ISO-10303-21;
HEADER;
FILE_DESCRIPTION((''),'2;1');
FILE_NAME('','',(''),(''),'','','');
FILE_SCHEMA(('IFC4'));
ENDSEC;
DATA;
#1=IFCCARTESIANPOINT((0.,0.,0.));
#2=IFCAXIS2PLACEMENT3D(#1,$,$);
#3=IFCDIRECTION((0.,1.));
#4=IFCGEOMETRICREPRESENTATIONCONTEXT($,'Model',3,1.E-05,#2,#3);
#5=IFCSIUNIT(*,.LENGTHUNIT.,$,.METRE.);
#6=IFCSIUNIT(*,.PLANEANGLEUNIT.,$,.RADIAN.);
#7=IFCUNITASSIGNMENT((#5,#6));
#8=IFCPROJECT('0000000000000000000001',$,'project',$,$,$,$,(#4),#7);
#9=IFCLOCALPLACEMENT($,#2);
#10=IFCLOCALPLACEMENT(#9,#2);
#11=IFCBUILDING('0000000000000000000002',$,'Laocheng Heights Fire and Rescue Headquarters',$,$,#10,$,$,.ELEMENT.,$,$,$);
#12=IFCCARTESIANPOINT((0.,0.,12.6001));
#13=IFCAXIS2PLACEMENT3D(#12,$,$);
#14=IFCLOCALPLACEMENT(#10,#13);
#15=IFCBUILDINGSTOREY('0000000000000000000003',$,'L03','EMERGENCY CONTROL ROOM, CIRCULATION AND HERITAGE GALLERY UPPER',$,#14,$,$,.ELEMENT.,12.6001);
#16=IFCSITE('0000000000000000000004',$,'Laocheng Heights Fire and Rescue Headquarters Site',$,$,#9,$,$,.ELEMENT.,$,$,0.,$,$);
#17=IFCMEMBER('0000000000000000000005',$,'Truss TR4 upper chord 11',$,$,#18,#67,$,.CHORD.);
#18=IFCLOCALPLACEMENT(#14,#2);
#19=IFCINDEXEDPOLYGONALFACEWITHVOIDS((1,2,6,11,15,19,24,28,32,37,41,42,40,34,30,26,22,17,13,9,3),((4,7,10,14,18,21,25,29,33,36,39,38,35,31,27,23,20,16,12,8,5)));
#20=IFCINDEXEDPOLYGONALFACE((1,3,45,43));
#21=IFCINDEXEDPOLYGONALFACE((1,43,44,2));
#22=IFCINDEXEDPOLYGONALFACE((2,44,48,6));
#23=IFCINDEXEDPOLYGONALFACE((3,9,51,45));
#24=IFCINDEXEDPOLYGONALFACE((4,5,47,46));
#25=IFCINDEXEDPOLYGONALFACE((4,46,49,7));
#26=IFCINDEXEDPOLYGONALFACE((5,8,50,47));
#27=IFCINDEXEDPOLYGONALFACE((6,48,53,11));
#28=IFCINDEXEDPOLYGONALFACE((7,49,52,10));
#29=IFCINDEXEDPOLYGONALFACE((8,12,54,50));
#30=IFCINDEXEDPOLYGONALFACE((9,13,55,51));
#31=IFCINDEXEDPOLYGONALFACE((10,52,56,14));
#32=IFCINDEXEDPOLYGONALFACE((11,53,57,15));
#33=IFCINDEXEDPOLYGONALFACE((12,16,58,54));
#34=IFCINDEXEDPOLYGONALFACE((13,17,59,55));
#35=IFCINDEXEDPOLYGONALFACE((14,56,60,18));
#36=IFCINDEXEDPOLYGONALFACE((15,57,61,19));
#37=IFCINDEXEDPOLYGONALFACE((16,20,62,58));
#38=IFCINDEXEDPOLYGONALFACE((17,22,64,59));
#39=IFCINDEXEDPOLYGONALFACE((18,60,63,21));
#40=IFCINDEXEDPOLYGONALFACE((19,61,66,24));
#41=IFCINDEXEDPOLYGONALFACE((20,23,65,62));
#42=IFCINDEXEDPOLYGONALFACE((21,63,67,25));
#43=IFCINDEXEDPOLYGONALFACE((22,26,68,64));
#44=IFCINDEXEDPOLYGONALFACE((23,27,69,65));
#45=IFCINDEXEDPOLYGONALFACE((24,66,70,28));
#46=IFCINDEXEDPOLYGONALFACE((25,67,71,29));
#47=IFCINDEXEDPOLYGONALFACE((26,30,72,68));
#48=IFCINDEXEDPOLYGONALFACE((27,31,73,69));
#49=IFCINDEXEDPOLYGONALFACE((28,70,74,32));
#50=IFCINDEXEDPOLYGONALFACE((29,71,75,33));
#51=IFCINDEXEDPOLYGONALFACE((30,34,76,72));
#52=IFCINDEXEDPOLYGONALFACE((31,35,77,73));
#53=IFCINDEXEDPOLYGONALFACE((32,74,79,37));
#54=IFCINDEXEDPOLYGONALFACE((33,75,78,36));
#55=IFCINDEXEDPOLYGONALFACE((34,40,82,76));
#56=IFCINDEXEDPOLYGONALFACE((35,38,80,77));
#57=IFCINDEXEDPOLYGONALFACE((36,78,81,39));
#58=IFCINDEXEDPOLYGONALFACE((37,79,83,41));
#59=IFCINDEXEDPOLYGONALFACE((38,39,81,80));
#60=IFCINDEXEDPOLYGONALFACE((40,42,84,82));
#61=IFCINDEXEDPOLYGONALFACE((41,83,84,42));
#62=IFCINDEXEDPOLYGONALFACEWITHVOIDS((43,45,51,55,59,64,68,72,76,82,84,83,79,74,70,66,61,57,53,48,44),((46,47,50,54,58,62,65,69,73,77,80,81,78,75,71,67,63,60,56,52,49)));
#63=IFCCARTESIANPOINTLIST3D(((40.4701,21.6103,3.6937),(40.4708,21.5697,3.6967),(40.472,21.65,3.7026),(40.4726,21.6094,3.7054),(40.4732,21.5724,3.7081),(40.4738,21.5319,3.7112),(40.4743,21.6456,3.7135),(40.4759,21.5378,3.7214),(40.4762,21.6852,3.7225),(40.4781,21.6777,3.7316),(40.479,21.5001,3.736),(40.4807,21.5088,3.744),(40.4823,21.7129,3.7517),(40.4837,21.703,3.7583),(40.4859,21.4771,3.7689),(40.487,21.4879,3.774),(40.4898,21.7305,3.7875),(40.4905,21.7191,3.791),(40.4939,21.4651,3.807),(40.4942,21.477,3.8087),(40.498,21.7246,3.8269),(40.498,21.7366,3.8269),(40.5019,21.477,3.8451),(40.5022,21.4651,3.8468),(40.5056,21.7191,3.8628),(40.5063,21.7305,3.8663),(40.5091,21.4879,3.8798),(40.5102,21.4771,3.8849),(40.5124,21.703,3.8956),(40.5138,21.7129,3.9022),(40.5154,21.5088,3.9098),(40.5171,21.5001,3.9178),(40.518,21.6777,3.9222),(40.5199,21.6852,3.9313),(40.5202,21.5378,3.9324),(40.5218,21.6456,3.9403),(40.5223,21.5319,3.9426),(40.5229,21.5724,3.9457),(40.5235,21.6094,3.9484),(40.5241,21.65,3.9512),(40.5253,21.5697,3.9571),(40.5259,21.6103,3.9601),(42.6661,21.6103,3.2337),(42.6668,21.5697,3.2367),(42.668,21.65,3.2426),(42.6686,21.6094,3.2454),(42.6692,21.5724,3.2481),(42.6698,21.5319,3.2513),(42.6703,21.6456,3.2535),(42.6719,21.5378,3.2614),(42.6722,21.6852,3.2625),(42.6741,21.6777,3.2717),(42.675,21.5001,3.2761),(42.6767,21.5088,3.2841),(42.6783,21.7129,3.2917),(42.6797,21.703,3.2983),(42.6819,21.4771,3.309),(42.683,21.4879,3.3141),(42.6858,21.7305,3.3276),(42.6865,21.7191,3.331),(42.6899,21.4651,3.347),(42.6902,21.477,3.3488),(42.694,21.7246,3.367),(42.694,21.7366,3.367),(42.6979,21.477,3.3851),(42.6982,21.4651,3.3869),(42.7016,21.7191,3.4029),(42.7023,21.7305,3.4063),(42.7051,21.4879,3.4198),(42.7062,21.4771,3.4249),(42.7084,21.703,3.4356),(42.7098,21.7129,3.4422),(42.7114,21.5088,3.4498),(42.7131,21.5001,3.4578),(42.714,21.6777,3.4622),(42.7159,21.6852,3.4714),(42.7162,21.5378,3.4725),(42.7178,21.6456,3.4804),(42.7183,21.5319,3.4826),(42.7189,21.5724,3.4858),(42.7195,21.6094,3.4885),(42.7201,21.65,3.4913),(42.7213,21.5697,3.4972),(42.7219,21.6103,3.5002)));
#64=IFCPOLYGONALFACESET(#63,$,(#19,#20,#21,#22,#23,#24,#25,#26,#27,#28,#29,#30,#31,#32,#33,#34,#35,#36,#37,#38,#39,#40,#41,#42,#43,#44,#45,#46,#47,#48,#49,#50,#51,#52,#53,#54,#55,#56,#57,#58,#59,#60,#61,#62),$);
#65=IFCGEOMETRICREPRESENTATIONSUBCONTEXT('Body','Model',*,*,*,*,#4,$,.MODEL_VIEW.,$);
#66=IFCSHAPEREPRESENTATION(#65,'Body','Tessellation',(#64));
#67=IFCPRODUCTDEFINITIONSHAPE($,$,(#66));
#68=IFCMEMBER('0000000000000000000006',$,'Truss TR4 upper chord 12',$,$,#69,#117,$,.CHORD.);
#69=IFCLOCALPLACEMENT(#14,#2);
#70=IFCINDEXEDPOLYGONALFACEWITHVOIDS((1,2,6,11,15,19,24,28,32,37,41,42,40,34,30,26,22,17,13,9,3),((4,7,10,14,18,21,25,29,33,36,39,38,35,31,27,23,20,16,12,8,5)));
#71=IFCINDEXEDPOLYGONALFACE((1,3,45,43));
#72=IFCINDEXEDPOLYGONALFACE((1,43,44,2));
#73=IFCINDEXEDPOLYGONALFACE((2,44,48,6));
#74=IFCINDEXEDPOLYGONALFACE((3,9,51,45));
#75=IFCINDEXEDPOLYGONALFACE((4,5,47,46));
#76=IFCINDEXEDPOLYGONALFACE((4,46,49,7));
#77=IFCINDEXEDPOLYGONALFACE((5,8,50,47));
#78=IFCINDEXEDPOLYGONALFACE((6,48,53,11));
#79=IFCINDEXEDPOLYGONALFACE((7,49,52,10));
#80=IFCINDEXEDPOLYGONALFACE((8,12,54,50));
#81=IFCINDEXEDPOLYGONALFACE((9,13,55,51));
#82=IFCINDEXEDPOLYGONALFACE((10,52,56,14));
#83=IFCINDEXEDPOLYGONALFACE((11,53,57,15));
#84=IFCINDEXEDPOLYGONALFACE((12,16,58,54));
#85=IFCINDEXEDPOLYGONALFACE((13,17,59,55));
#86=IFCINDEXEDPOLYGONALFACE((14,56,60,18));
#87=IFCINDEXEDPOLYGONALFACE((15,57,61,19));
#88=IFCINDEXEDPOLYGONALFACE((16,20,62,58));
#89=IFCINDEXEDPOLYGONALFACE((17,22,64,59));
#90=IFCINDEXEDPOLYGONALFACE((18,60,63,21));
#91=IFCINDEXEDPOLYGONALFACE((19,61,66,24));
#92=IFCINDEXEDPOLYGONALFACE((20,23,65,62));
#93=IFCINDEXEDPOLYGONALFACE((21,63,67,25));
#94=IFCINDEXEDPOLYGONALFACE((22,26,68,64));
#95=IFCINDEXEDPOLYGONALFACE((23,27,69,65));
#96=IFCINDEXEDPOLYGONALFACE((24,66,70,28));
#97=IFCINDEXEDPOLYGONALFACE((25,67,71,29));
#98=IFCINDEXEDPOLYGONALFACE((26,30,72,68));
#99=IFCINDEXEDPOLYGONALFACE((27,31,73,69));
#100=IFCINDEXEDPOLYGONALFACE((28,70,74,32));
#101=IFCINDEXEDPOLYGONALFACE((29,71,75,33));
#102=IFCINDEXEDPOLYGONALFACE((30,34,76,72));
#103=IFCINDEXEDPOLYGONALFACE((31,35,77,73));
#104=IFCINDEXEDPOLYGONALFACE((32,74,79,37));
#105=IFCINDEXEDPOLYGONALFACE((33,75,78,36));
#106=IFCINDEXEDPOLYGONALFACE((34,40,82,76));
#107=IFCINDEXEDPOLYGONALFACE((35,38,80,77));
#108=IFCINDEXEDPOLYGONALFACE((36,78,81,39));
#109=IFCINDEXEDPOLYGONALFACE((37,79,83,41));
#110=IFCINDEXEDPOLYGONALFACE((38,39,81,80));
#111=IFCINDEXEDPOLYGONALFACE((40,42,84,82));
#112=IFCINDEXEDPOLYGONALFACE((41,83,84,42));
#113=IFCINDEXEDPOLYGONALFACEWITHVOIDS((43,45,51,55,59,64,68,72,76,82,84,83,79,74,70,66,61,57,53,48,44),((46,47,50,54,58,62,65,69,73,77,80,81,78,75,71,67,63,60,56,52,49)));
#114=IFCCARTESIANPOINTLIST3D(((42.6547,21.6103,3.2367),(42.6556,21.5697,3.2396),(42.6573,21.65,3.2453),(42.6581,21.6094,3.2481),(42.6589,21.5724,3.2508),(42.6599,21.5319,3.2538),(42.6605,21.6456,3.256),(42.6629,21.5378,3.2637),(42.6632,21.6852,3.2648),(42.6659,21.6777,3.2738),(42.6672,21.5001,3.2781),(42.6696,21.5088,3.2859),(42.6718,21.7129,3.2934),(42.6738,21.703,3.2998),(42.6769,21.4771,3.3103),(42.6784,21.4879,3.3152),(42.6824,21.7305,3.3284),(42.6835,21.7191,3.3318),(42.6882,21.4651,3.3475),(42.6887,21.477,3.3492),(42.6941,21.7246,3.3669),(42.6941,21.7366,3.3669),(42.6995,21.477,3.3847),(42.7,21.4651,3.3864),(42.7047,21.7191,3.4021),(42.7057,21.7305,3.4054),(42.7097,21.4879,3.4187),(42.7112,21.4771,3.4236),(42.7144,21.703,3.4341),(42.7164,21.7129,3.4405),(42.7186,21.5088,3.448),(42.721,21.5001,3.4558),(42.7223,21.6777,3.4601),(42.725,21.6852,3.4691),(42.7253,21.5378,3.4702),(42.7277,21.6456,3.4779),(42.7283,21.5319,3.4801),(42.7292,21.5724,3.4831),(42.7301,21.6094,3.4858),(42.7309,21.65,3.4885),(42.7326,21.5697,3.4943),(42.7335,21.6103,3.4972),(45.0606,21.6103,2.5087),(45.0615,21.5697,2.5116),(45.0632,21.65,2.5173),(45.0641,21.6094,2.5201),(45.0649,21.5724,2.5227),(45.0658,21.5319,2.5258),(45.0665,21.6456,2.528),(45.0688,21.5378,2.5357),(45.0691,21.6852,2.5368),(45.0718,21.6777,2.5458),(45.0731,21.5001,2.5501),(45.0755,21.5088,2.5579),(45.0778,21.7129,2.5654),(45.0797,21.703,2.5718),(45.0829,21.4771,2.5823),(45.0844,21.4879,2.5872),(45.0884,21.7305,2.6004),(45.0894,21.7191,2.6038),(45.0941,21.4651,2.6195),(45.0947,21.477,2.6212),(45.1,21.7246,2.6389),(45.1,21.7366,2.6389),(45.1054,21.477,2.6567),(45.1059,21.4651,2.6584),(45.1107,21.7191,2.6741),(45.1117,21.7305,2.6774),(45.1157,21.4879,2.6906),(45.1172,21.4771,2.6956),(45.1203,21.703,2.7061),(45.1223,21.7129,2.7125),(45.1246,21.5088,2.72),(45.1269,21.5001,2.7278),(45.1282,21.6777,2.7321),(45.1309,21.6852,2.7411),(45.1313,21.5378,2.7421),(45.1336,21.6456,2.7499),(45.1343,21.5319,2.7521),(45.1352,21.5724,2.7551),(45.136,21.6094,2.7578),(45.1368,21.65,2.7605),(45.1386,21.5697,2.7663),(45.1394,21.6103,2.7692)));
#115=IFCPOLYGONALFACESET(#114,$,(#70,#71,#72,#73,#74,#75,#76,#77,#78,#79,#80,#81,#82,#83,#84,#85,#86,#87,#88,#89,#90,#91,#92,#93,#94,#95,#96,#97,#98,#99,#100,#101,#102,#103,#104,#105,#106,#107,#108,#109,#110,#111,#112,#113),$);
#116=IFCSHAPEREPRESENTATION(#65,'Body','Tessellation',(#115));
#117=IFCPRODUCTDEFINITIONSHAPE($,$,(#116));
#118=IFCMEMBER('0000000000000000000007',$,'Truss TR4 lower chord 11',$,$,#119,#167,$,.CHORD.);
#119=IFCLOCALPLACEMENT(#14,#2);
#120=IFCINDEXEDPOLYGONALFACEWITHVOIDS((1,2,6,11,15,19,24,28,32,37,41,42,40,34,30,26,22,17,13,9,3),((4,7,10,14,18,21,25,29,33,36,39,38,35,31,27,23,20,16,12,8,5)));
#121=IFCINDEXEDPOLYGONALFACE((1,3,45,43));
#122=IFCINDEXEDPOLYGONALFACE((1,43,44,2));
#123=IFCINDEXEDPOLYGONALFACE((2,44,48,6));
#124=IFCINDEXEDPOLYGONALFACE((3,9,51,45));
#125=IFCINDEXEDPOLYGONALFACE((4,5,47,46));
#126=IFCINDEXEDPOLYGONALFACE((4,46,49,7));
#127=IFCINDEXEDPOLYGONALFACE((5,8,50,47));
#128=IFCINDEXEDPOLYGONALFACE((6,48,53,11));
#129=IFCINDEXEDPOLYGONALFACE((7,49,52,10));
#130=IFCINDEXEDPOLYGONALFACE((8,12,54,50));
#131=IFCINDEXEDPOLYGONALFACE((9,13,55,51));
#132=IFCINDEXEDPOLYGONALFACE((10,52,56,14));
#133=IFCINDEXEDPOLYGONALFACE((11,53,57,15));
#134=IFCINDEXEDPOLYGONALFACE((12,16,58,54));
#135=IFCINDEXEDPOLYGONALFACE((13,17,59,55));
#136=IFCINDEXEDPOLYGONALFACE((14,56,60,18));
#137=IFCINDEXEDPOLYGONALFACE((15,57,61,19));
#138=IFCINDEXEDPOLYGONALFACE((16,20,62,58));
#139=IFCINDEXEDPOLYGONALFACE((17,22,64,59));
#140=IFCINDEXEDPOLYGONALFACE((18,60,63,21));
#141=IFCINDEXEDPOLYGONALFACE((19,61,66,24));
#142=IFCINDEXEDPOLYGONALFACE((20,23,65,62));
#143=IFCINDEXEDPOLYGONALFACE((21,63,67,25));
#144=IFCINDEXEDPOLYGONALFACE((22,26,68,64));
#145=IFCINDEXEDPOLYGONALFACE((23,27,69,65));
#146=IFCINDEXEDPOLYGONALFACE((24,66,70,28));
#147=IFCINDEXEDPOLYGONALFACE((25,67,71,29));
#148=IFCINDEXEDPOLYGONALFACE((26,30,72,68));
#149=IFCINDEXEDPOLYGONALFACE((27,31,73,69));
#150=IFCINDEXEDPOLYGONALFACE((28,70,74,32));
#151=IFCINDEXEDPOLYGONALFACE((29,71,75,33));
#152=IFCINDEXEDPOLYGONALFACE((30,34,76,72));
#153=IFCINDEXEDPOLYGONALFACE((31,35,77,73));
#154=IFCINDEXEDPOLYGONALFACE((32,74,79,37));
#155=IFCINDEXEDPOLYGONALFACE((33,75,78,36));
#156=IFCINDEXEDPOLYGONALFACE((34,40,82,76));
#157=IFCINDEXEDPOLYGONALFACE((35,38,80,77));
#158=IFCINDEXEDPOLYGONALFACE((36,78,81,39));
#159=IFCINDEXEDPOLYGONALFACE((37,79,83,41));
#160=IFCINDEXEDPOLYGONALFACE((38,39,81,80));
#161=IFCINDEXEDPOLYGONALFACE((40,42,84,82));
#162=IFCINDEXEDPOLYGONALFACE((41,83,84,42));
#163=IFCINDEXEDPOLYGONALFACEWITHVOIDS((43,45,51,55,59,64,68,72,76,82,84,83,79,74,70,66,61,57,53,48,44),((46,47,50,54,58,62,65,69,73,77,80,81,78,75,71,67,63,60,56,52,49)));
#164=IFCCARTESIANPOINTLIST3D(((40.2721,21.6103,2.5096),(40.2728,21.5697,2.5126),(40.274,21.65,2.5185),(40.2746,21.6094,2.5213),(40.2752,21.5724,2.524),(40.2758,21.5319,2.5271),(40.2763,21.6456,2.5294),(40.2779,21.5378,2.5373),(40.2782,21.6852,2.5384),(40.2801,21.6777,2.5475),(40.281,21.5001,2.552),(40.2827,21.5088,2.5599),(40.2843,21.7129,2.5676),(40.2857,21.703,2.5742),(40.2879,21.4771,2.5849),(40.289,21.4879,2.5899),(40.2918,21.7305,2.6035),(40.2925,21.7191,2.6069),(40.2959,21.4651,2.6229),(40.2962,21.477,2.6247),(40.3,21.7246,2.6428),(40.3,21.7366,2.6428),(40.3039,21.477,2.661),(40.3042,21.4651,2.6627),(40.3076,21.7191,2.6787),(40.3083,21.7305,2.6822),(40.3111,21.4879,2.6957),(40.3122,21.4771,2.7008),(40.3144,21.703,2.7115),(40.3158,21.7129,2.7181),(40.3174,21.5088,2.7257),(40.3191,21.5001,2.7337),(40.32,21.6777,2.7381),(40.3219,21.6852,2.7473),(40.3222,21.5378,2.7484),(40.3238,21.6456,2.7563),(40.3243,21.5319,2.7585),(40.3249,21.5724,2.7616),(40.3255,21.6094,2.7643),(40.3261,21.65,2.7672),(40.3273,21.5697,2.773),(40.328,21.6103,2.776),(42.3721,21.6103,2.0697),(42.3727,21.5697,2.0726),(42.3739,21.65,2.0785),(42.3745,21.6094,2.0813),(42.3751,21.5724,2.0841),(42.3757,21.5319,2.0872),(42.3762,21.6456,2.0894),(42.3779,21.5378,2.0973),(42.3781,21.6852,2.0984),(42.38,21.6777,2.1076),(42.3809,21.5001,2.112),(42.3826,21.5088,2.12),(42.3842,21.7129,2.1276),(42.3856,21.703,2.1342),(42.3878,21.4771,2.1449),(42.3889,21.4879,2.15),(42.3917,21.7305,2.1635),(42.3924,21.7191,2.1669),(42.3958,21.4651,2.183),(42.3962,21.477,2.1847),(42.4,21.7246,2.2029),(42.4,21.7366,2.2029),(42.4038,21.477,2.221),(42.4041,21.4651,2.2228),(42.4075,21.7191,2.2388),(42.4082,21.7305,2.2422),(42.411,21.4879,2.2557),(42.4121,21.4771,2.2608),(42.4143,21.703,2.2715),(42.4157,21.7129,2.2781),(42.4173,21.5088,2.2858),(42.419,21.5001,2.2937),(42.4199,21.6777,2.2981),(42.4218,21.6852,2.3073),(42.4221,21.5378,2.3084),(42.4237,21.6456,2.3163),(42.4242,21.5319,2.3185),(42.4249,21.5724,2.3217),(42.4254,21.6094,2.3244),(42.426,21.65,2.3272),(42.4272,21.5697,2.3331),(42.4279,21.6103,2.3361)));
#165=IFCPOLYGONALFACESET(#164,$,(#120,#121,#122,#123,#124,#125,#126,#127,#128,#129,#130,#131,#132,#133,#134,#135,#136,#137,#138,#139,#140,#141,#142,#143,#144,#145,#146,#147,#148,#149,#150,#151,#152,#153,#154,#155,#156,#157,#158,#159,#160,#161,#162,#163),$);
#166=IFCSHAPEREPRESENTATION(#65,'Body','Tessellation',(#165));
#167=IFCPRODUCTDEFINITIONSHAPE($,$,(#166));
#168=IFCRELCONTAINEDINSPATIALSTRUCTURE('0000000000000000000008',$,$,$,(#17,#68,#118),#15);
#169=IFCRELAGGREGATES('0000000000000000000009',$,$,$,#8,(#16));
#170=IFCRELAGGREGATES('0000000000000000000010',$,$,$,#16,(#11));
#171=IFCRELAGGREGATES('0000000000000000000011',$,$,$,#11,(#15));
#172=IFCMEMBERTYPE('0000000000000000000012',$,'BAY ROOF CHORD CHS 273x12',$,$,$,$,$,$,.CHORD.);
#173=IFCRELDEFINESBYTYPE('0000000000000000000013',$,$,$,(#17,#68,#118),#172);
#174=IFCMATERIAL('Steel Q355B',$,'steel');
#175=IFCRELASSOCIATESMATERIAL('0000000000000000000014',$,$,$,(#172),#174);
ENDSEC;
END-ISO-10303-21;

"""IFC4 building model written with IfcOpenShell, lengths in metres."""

from ifc_helpers import new_model, si_unit, direction, frame, origin, origin_2d, place, context, subcontext, project, spatial, hollow_circle, extrude, material, material_profile, profile_set, type_object, element, save


model = new_model("IFC4")

# Units and contexts
model_context = context("Model", 3, precision=1e-05, world=origin(), true_north=direction((0.0, 1.0)))
body_context = subcontext(model_context, "Body", "Model", "MODEL_VIEW")
ifc_project = project(units=[si_unit("LENGTHUNIT", "METRE"), si_unit("PLANEANGLEUNIT", "RADIAN")], contexts=[model_context])

# Site, building, storey
site_placement = place(None, origin())
site = spatial("IfcSite", under=ifc_project, at=site_placement, Name="Laocheng Heights Fire and Rescue Headquarters Site", CompositionType="ELEMENT", RefElevation=0.0)
building_placement = place(site_placement, origin())
building = spatial("IfcBuilding", under=site, at=building_placement, Name="Laocheng Heights Fire and Rescue Headquarters", CompositionType="ELEMENT")
storey_placement = place(building_placement, frame((0.0, 0.0, 12.6001)))
storey = spatial("IfcBuildingStorey", under=building, at=storey_placement, Name="L03", Description="EMERGENCY CONTROL ROOM, CIRCULATION AND HERITAGE GALLERY UPPER", CompositionType="ELEMENT", Elevation=12.6001)

# Members
ifc_material_1 = material(Name="Steel Q355B", Category="steel")
ifc_material_profile_1 = material_profile(ifc_material_1, hollow_circle(Radius=0.1365, WallThickness=0.012, at=origin_2d()), Name="CHS 273x12")
ifc_profile_set_1 = profile_set([ifc_material_profile_1], Name="Steel Q355B")
member_type_1 = type_object("IfcMemberType", Name="BAY ROOF CHORD CHS 273x12", PredefinedType="CHORD", material=ifc_profile_set_1)
member_1_placement = place(storey_placement, frame((40.498, 21.6001, 3.8269), z_axis=(0.978762, 0.0, -0.205001), x_axis=(0.0, 1.0, 0.0)))
element("IfcMember", 1, at=member_1_placement, inside=storey, type_object=member_type_1, Name="Truss TR4 upper chord 11", PredefinedType="CHORD", context=body_context, shape_type="SweptSolid", body=[
    extrude(hollow_circle(Radius=0.1365, WallThickness=0.012, at=origin_2d()), origin(), (0.0, 0.0, 1.0), 2.2437),
])
member_2_placement = place(storey_placement, frame((42.6941, 21.6001, 3.3669), z_axis=(0.957142, 0.0, -0.289619), x_axis=(0.0, 1.0, 0.0)))
element("IfcMember", 2, at=member_2_placement, inside=storey, type_object=member_type_1, Name="Truss TR4 upper chord 12", PredefinedType="CHORD", context=body_context, shape_type="SweptSolid", body=[
    extrude(hollow_circle(Radius=0.1365, WallThickness=0.012, at=origin_2d()), origin(), (0.0, 0.0, 1.0), 2.5137),
])
member_3_placement = place(storey_placement, frame((40.3, 21.6001, 2.6428), z_axis=(0.97875, 0.0, -0.205058), x_axis=(0.0, 1.0, 0.0)))
element("IfcMember", 3, at=member_3_placement, inside=storey, type_object=member_type_1, Name="Truss TR4 lower chord 11", PredefinedType="CHORD", context=body_context, shape_type="SweptSolid", body=[
    extrude(hollow_circle(Radius=0.1365, WallThickness=0.012, at=origin_2d()), origin(), (0.0, 0.0, 1.0), 2.1455),
])

save(model, "model.ifc")
